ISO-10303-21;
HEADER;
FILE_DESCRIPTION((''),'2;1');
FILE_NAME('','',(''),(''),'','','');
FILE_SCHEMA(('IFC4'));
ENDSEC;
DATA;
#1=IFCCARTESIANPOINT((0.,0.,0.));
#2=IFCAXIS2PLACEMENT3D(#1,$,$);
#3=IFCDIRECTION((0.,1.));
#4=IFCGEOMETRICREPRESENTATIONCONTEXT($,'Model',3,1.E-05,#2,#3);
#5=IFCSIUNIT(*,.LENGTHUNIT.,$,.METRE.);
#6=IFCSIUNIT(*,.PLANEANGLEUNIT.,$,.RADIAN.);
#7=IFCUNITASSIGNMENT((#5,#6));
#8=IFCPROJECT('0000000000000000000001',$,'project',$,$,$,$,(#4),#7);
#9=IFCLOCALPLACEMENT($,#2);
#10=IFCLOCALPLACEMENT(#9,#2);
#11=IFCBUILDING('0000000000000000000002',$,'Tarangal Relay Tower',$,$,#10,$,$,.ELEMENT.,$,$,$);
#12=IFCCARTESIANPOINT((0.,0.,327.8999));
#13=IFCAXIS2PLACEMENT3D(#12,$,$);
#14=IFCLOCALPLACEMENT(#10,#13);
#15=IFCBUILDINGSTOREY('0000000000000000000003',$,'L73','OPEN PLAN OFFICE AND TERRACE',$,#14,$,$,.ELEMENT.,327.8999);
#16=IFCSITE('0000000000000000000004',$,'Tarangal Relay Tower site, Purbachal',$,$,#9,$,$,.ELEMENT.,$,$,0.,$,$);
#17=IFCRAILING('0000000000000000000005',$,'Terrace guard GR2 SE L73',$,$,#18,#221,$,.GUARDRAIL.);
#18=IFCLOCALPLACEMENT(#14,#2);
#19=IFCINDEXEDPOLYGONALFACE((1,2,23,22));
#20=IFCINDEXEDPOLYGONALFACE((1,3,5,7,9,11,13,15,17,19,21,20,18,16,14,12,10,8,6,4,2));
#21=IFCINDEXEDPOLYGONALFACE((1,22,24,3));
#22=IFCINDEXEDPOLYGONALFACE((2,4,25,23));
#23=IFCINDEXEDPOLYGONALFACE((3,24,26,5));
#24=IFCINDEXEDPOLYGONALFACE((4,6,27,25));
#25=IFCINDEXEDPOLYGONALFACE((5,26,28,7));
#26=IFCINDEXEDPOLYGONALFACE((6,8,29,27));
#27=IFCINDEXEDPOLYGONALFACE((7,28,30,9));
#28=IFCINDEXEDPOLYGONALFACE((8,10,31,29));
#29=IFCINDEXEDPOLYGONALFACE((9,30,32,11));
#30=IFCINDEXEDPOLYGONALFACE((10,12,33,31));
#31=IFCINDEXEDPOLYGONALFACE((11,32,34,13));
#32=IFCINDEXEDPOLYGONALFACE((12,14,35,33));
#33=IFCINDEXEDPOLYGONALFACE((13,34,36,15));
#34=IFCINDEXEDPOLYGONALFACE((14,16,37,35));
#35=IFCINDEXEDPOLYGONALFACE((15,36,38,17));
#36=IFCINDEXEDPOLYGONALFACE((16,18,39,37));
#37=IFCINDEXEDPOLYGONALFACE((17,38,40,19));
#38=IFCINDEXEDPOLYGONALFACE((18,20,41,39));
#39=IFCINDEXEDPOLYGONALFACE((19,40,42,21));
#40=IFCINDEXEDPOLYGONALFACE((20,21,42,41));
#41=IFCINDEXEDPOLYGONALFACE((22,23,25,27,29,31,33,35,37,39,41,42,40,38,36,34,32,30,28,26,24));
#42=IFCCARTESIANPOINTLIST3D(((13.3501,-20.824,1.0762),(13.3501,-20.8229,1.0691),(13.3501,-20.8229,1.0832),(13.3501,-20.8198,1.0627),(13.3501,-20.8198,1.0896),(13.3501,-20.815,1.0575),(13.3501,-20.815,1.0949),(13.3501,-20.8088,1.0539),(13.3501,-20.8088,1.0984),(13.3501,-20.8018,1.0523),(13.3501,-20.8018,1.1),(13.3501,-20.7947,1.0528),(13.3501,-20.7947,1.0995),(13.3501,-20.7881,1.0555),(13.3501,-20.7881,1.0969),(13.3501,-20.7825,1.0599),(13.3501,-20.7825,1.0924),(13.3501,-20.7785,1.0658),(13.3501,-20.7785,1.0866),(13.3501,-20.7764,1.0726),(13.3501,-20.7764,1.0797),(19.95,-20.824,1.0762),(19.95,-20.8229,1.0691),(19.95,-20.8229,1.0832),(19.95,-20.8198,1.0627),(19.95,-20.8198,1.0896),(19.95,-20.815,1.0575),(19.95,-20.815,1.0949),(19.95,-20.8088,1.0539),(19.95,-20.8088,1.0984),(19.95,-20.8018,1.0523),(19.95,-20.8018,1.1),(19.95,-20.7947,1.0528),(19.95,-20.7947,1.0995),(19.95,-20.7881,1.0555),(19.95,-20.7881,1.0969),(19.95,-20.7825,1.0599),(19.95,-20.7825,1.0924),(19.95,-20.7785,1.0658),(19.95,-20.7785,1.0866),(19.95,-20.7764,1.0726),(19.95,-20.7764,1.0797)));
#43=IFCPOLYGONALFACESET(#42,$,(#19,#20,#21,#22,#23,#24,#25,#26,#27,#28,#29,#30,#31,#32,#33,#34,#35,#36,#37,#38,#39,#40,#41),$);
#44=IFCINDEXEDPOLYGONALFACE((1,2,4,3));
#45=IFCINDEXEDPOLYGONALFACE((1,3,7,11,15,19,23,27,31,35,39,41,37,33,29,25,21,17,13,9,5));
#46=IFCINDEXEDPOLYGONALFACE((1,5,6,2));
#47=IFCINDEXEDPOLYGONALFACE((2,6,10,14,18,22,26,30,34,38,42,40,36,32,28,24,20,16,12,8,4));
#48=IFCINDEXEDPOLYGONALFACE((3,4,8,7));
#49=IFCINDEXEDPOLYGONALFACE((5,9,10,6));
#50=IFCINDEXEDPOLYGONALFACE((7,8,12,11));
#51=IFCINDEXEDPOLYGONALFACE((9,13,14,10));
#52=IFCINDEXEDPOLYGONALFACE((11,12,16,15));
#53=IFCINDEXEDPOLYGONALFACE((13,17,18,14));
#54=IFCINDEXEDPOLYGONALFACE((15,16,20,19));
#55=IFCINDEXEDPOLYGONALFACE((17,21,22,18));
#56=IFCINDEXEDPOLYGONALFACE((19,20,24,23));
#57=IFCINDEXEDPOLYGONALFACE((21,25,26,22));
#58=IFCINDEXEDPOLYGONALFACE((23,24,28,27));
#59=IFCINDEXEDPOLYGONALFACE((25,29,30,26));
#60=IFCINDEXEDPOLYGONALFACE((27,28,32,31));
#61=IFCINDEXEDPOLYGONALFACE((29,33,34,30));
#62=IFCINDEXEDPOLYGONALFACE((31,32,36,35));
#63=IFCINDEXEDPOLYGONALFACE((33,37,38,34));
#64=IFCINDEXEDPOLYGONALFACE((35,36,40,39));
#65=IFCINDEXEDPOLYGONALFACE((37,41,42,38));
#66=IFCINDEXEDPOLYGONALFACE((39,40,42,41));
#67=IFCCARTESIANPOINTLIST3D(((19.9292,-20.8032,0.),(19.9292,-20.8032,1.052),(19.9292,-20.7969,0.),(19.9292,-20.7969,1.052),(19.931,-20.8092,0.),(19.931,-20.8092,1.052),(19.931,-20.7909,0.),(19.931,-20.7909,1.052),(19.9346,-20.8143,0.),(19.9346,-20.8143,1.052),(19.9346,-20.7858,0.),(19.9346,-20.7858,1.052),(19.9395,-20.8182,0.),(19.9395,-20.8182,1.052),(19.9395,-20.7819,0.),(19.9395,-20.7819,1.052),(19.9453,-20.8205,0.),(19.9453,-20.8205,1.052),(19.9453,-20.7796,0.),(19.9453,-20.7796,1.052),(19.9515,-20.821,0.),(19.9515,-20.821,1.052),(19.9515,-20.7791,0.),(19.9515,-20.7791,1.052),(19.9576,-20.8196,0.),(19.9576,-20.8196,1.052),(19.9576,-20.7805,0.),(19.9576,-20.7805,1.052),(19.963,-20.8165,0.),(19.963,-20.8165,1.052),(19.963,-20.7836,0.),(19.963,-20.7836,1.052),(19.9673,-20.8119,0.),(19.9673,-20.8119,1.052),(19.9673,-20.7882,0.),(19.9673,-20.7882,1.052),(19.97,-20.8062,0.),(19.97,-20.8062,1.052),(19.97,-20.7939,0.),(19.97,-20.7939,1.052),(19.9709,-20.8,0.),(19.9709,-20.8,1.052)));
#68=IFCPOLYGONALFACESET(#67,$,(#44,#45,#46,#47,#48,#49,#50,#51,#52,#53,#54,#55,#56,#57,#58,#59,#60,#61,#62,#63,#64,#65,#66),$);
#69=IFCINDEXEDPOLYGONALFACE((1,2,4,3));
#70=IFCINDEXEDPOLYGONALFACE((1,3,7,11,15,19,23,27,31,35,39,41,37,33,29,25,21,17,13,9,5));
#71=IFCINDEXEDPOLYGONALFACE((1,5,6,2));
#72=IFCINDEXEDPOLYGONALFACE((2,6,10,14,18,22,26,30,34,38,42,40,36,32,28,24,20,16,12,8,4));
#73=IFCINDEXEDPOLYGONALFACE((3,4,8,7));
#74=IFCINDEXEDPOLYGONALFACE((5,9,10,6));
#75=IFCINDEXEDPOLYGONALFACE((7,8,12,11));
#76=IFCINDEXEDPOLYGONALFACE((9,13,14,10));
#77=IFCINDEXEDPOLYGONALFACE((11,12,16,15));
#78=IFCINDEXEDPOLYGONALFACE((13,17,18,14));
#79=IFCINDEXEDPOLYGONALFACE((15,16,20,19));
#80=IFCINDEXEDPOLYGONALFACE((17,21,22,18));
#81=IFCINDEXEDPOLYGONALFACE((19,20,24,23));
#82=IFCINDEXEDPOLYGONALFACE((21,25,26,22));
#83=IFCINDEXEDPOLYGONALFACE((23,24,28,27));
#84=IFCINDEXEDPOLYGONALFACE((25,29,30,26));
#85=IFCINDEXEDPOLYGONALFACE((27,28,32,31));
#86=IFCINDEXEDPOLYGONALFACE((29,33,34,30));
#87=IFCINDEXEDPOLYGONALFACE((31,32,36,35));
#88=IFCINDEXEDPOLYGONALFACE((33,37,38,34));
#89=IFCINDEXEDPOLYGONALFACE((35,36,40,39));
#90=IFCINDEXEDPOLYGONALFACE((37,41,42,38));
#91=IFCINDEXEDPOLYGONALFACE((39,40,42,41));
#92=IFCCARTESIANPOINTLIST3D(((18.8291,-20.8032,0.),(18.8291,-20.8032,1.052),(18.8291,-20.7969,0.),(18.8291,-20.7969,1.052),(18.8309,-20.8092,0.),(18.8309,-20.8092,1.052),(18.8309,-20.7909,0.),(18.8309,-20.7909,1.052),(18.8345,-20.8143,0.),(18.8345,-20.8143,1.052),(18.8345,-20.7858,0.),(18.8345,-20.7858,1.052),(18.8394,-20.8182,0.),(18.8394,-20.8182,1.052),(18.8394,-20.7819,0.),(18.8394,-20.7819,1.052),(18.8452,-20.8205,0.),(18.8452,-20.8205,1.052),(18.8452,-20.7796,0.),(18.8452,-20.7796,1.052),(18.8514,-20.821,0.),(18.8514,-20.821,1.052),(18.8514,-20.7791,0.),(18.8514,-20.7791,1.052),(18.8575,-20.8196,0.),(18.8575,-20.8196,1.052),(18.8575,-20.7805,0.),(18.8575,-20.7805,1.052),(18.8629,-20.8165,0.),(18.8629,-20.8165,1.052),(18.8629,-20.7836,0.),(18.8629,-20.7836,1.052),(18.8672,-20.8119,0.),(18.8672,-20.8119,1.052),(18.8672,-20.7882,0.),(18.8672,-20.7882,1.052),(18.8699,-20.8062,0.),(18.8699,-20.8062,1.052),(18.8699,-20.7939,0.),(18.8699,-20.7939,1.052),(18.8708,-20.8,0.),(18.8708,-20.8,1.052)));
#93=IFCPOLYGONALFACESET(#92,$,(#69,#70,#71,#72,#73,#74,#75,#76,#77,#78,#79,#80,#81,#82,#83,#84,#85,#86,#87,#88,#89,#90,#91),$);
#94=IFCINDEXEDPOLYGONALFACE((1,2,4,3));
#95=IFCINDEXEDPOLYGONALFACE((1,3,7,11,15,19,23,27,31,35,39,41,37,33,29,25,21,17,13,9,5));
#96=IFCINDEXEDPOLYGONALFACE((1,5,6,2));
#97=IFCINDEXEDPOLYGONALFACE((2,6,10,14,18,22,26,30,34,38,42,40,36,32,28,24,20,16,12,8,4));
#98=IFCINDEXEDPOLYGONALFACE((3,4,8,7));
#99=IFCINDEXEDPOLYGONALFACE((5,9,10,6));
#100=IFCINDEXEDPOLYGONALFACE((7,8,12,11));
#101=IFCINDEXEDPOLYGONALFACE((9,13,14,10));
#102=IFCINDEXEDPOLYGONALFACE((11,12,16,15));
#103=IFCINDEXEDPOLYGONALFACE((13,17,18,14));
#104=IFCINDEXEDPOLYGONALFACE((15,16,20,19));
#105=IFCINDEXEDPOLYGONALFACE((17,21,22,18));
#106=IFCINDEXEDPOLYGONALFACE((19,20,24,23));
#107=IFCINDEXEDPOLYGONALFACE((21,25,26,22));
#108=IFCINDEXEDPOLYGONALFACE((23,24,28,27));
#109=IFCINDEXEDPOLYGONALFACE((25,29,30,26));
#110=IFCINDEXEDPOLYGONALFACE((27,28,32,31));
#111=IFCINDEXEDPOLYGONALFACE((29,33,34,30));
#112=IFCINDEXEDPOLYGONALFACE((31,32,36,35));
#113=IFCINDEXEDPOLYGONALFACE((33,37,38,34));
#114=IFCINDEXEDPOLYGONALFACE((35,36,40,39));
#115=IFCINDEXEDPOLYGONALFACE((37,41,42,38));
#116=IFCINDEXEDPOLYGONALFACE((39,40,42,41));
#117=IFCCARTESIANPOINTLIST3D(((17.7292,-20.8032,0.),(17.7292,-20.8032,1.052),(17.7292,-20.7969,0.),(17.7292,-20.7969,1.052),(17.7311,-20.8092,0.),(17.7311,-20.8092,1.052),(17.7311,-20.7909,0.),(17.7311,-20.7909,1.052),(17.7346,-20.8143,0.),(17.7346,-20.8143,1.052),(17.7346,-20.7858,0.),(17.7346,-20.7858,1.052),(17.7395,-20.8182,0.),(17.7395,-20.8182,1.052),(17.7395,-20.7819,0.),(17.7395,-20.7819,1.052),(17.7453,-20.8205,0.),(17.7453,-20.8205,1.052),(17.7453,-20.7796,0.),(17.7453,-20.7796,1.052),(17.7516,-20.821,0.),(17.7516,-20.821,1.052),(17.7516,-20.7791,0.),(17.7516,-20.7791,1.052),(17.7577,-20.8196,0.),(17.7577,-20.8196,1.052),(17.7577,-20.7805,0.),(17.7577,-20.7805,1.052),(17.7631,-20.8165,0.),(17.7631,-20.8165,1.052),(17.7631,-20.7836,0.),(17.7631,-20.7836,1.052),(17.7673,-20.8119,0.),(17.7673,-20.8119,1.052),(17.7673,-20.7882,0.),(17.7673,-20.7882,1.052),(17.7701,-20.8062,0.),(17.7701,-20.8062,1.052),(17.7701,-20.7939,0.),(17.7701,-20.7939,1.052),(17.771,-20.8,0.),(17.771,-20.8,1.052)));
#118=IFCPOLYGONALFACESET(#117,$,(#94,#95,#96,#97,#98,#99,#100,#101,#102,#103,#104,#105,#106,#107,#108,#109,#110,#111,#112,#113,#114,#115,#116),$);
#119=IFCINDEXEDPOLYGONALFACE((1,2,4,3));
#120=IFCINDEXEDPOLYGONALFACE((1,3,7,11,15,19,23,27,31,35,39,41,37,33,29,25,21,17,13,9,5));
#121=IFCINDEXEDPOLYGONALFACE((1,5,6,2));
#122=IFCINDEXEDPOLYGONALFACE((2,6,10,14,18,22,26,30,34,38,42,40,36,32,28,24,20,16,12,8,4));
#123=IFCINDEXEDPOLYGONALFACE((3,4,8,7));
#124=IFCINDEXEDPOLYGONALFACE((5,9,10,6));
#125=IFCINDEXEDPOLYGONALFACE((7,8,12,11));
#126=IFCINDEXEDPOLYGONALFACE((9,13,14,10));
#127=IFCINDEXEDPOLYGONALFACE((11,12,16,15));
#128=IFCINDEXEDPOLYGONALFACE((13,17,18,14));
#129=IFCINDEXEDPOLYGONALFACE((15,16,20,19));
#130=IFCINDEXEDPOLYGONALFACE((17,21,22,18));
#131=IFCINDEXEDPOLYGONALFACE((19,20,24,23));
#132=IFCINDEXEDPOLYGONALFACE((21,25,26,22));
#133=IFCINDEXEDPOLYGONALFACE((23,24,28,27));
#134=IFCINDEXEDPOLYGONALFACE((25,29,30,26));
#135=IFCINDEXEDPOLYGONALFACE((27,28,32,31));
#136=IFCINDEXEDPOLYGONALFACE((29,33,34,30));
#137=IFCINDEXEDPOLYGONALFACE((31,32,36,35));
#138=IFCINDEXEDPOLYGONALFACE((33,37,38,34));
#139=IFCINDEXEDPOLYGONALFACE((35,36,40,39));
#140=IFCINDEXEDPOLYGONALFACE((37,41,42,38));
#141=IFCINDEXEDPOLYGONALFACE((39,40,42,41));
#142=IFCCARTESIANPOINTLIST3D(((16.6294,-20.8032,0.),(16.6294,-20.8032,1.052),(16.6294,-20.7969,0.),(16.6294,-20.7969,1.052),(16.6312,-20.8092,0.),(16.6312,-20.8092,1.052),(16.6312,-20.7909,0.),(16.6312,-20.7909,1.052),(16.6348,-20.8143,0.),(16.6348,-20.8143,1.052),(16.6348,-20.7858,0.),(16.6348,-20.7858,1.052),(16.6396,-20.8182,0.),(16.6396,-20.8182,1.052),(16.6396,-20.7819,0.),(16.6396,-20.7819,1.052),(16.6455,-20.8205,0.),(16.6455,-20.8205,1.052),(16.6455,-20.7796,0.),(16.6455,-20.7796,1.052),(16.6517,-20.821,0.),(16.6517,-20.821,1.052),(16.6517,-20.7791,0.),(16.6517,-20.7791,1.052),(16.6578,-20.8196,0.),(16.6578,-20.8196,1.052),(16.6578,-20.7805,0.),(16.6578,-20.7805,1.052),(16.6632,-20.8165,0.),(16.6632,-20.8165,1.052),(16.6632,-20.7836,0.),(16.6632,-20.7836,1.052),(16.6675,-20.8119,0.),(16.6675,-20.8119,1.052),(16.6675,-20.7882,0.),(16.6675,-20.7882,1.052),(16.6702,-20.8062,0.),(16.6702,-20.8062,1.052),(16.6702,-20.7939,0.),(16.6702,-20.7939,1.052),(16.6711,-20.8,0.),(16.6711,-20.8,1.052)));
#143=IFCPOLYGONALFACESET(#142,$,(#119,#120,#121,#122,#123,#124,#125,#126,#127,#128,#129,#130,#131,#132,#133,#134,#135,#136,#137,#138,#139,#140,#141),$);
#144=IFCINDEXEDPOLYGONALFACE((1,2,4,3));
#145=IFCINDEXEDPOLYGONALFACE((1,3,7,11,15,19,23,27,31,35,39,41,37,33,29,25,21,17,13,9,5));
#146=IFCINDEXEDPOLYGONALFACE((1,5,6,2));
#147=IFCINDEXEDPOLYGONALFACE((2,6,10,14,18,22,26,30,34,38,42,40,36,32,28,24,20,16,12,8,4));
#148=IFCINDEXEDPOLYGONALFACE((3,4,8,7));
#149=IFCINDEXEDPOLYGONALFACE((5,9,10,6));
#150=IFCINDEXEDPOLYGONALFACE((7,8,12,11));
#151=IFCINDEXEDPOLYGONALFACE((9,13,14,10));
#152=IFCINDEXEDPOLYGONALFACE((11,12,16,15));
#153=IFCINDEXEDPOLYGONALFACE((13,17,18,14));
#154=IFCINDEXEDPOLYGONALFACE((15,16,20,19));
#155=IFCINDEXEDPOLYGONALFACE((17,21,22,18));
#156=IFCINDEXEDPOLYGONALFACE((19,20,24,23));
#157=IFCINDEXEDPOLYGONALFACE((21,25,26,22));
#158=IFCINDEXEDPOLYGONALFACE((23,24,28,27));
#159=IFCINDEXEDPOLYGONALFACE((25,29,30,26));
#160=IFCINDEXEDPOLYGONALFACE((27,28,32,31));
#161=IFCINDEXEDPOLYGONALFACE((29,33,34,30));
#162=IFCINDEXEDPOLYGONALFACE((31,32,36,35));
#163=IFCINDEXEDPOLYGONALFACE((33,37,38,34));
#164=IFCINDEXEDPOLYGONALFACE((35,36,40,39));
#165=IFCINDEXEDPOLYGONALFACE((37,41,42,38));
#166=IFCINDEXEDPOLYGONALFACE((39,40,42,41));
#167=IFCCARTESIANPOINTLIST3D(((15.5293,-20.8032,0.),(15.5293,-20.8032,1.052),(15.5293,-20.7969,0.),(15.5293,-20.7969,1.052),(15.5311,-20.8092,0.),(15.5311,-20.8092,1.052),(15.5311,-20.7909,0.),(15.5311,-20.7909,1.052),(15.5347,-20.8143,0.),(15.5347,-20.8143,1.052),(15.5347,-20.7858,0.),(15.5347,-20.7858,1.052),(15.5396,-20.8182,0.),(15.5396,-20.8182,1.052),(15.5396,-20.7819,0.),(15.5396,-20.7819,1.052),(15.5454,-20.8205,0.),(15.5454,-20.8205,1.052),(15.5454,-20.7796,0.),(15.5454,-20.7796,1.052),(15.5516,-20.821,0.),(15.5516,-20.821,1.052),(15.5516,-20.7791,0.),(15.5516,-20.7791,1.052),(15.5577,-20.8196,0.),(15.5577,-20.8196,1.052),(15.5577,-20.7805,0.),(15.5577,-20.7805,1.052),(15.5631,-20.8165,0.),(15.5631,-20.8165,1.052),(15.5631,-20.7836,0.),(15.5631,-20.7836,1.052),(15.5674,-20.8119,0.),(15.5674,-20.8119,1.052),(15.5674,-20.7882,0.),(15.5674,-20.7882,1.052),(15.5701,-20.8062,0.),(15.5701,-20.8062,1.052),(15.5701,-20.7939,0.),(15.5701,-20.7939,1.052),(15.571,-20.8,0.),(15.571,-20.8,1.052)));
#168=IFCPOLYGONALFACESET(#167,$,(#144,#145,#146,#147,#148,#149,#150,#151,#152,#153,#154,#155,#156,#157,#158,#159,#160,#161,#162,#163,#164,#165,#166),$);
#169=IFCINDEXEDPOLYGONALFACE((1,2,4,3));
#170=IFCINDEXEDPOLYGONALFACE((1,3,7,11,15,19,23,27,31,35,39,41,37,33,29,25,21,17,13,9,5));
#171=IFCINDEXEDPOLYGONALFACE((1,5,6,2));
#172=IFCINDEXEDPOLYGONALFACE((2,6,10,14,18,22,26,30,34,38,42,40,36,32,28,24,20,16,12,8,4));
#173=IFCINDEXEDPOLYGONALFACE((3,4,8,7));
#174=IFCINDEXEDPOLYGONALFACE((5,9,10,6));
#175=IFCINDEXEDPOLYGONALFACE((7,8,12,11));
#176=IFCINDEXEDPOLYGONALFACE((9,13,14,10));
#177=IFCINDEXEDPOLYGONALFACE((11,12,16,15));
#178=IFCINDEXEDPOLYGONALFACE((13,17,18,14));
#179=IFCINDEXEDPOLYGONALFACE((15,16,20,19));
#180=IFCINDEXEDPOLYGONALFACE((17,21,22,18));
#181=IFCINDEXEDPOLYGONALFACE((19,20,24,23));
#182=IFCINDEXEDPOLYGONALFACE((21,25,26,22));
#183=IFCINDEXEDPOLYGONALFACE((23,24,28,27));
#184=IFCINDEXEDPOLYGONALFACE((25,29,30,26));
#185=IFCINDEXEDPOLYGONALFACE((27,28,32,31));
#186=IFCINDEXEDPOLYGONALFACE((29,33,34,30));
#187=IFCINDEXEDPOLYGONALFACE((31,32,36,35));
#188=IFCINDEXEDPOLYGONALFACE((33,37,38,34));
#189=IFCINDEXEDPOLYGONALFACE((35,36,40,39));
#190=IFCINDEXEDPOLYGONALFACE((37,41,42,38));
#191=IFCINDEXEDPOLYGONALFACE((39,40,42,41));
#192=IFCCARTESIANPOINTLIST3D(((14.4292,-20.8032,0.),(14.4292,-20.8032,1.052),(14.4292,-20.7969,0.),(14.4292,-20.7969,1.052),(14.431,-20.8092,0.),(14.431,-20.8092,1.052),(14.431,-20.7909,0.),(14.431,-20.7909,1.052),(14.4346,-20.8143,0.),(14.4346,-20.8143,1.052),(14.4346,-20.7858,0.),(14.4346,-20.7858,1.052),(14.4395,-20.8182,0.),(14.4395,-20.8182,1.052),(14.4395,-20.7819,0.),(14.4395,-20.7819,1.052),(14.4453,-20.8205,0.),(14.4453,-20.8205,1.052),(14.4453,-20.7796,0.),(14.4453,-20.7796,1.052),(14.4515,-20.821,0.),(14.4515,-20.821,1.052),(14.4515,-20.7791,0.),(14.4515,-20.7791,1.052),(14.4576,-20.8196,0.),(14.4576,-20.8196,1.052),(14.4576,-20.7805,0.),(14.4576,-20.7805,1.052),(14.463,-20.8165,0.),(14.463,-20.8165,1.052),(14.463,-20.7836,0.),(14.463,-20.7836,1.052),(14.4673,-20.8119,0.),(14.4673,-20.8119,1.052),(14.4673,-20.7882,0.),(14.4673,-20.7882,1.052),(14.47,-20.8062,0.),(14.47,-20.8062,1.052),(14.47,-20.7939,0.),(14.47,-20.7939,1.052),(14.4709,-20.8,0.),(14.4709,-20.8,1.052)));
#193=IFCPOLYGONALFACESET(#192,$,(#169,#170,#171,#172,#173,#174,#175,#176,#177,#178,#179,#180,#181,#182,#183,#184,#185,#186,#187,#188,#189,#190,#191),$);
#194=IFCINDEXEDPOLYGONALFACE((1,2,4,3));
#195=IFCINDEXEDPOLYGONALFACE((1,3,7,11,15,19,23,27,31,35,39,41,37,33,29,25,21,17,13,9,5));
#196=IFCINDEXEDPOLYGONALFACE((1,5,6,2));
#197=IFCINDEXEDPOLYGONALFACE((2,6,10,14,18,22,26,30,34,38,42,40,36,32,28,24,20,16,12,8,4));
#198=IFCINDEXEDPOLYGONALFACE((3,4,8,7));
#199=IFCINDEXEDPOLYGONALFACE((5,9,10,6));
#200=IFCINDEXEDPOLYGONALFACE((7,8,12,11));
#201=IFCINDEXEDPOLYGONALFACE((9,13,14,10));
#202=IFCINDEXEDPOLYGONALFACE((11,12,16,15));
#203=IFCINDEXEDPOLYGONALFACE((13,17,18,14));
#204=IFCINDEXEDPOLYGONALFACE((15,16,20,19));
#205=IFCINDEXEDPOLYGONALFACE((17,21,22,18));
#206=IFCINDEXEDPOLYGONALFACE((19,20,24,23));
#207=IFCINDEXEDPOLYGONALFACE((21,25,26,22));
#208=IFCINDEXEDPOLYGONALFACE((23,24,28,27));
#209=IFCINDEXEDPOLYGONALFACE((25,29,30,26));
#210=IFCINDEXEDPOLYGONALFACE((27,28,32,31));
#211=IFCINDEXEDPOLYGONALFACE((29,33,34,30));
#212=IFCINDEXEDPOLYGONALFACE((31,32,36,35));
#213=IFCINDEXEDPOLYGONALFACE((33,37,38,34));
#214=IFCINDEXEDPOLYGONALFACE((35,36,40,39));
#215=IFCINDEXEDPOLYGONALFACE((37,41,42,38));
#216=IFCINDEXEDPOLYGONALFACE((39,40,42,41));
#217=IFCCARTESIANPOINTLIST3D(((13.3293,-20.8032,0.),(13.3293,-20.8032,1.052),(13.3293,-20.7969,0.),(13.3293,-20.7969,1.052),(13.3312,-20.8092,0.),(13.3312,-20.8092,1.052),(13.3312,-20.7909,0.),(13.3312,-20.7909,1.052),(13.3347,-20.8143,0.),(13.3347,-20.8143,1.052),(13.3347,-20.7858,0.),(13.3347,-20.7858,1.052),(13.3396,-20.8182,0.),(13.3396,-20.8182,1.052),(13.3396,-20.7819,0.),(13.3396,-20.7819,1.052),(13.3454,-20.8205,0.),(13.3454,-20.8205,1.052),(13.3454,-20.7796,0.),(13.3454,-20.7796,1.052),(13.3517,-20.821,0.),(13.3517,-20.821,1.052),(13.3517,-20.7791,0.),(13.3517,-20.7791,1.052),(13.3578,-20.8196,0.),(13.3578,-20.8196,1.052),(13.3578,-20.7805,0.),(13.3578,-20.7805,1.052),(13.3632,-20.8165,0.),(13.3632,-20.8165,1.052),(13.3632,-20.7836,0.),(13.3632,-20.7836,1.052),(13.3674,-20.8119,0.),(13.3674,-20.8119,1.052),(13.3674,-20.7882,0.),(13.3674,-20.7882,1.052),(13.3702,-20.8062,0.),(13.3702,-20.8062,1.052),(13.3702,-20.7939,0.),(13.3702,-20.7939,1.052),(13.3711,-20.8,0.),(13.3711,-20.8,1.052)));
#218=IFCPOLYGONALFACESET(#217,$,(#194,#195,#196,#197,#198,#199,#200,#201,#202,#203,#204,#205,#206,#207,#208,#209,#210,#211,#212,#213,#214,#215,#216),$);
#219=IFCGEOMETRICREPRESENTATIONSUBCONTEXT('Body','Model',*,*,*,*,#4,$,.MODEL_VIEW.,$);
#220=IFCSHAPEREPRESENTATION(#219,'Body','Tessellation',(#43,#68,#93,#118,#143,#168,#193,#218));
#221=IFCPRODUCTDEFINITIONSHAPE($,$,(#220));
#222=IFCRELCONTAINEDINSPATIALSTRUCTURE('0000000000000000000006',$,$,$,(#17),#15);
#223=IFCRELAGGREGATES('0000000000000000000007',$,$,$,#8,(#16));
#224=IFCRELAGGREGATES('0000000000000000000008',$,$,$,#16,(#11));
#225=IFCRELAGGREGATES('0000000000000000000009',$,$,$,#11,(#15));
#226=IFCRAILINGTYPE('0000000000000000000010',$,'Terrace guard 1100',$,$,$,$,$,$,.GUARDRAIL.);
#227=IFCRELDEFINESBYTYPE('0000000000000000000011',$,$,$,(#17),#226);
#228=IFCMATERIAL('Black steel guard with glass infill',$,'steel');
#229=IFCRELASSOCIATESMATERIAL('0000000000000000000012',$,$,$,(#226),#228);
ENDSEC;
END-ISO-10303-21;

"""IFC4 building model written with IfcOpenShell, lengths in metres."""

from ifc_helpers import new_model, si_unit, direction, frame, origin, origin_2d, place, context, subcontext, project, spatial, circle, extrude, material, type_object, element, save


model = new_model("IFC4")

# Units and contexts
model_context = context("Model", 3, precision=1e-05, world=origin(), true_north=direction((0.0, 1.0)))
body_context = subcontext(model_context, "Body", "Model", "MODEL_VIEW")
ifc_project = project(units=[si_unit("LENGTHUNIT", "METRE"), si_unit("PLANEANGLEUNIT", "RADIAN")], contexts=[model_context])

# Site, building, storey
site_placement = place(None, origin())
site = spatial("IfcSite", under=ifc_project, at=site_placement, Name="Tarangal Relay Tower site, Purbachal", CompositionType="ELEMENT", RefElevation=0.0)
building_placement = place(site_placement, origin())
building = spatial("IfcBuilding", under=site, at=building_placement, Name="Tarangal Relay Tower", CompositionType="ELEMENT")
storey_placement = place(building_placement, frame((0.0, 0.0, 327.8999)))
storey = spatial("IfcBuildingStorey", under=building, at=storey_placement, Name="L73", Description="OPEN PLAN OFFICE AND TERRACE", CompositionType="ELEMENT", Elevation=327.8999)

# Railing
ifc_material_1 = material(Name="Black steel guard with glass infill", Category="steel")
railing_type = type_object("IfcRailingType", Name="Terrace guard 1100", PredefinedType="GUARDRAIL", material=ifc_material_1)
railing_1_placement = place(storey_placement, frame((19.95, -20.8, 0.0)))
element("IfcRailing", 1, at=railing_1_placement, inside=storey, type_object=railing_type, Name="Terrace guard GR2 SE L73", PredefinedType="GUARDRAIL", context=body_context, shape_type="SweptSolid", body=[
    extrude(circle(Radius=0.0239, at=origin_2d()), frame((0.0, 0.0, 1.0762), z_axis=(-1.0, 0.0, 0.0), x_axis=(0.0, -1.0, 0.0)), (0.0, 0.0, 1.0), 6.5999),
    extrude(circle(Radius=0.021, at=origin_2d()), origin(), (0.0, 0.0, 1.0), 1.052),
    extrude(circle(Radius=0.021, at=origin_2d()), frame((-1.1001, 0.0, 0.0)), (0.0, 0.0, 1.0), 1.052),
    extrude(circle(Radius=0.021, at=origin_2d()), frame((-2.2, 0.0, 0.0)), (0.0, 0.0, 1.0), 1.052),
    extrude(circle(Radius=0.021, at=origin_2d()), frame((-3.2998, 0.0, 0.0)), (0.0, 0.0, 1.0), 1.052),
    extrude(circle(Radius=0.021, at=origin_2d()), frame((-4.3999, 0.0, 0.0)), (0.0, 0.0, 1.0), 1.052),
    extrude(circle(Radius=0.021, at=origin_2d()), frame((-5.5, 0.0, 0.0)), (0.0, 0.0, 1.0), 1.052),
    extrude(circle(Radius=0.021, at=origin_2d()), frame((-6.5999, 0.0, 0.0)), (0.0, 0.0, 1.0), 1.052),
])

save(model, "model.ifc")
